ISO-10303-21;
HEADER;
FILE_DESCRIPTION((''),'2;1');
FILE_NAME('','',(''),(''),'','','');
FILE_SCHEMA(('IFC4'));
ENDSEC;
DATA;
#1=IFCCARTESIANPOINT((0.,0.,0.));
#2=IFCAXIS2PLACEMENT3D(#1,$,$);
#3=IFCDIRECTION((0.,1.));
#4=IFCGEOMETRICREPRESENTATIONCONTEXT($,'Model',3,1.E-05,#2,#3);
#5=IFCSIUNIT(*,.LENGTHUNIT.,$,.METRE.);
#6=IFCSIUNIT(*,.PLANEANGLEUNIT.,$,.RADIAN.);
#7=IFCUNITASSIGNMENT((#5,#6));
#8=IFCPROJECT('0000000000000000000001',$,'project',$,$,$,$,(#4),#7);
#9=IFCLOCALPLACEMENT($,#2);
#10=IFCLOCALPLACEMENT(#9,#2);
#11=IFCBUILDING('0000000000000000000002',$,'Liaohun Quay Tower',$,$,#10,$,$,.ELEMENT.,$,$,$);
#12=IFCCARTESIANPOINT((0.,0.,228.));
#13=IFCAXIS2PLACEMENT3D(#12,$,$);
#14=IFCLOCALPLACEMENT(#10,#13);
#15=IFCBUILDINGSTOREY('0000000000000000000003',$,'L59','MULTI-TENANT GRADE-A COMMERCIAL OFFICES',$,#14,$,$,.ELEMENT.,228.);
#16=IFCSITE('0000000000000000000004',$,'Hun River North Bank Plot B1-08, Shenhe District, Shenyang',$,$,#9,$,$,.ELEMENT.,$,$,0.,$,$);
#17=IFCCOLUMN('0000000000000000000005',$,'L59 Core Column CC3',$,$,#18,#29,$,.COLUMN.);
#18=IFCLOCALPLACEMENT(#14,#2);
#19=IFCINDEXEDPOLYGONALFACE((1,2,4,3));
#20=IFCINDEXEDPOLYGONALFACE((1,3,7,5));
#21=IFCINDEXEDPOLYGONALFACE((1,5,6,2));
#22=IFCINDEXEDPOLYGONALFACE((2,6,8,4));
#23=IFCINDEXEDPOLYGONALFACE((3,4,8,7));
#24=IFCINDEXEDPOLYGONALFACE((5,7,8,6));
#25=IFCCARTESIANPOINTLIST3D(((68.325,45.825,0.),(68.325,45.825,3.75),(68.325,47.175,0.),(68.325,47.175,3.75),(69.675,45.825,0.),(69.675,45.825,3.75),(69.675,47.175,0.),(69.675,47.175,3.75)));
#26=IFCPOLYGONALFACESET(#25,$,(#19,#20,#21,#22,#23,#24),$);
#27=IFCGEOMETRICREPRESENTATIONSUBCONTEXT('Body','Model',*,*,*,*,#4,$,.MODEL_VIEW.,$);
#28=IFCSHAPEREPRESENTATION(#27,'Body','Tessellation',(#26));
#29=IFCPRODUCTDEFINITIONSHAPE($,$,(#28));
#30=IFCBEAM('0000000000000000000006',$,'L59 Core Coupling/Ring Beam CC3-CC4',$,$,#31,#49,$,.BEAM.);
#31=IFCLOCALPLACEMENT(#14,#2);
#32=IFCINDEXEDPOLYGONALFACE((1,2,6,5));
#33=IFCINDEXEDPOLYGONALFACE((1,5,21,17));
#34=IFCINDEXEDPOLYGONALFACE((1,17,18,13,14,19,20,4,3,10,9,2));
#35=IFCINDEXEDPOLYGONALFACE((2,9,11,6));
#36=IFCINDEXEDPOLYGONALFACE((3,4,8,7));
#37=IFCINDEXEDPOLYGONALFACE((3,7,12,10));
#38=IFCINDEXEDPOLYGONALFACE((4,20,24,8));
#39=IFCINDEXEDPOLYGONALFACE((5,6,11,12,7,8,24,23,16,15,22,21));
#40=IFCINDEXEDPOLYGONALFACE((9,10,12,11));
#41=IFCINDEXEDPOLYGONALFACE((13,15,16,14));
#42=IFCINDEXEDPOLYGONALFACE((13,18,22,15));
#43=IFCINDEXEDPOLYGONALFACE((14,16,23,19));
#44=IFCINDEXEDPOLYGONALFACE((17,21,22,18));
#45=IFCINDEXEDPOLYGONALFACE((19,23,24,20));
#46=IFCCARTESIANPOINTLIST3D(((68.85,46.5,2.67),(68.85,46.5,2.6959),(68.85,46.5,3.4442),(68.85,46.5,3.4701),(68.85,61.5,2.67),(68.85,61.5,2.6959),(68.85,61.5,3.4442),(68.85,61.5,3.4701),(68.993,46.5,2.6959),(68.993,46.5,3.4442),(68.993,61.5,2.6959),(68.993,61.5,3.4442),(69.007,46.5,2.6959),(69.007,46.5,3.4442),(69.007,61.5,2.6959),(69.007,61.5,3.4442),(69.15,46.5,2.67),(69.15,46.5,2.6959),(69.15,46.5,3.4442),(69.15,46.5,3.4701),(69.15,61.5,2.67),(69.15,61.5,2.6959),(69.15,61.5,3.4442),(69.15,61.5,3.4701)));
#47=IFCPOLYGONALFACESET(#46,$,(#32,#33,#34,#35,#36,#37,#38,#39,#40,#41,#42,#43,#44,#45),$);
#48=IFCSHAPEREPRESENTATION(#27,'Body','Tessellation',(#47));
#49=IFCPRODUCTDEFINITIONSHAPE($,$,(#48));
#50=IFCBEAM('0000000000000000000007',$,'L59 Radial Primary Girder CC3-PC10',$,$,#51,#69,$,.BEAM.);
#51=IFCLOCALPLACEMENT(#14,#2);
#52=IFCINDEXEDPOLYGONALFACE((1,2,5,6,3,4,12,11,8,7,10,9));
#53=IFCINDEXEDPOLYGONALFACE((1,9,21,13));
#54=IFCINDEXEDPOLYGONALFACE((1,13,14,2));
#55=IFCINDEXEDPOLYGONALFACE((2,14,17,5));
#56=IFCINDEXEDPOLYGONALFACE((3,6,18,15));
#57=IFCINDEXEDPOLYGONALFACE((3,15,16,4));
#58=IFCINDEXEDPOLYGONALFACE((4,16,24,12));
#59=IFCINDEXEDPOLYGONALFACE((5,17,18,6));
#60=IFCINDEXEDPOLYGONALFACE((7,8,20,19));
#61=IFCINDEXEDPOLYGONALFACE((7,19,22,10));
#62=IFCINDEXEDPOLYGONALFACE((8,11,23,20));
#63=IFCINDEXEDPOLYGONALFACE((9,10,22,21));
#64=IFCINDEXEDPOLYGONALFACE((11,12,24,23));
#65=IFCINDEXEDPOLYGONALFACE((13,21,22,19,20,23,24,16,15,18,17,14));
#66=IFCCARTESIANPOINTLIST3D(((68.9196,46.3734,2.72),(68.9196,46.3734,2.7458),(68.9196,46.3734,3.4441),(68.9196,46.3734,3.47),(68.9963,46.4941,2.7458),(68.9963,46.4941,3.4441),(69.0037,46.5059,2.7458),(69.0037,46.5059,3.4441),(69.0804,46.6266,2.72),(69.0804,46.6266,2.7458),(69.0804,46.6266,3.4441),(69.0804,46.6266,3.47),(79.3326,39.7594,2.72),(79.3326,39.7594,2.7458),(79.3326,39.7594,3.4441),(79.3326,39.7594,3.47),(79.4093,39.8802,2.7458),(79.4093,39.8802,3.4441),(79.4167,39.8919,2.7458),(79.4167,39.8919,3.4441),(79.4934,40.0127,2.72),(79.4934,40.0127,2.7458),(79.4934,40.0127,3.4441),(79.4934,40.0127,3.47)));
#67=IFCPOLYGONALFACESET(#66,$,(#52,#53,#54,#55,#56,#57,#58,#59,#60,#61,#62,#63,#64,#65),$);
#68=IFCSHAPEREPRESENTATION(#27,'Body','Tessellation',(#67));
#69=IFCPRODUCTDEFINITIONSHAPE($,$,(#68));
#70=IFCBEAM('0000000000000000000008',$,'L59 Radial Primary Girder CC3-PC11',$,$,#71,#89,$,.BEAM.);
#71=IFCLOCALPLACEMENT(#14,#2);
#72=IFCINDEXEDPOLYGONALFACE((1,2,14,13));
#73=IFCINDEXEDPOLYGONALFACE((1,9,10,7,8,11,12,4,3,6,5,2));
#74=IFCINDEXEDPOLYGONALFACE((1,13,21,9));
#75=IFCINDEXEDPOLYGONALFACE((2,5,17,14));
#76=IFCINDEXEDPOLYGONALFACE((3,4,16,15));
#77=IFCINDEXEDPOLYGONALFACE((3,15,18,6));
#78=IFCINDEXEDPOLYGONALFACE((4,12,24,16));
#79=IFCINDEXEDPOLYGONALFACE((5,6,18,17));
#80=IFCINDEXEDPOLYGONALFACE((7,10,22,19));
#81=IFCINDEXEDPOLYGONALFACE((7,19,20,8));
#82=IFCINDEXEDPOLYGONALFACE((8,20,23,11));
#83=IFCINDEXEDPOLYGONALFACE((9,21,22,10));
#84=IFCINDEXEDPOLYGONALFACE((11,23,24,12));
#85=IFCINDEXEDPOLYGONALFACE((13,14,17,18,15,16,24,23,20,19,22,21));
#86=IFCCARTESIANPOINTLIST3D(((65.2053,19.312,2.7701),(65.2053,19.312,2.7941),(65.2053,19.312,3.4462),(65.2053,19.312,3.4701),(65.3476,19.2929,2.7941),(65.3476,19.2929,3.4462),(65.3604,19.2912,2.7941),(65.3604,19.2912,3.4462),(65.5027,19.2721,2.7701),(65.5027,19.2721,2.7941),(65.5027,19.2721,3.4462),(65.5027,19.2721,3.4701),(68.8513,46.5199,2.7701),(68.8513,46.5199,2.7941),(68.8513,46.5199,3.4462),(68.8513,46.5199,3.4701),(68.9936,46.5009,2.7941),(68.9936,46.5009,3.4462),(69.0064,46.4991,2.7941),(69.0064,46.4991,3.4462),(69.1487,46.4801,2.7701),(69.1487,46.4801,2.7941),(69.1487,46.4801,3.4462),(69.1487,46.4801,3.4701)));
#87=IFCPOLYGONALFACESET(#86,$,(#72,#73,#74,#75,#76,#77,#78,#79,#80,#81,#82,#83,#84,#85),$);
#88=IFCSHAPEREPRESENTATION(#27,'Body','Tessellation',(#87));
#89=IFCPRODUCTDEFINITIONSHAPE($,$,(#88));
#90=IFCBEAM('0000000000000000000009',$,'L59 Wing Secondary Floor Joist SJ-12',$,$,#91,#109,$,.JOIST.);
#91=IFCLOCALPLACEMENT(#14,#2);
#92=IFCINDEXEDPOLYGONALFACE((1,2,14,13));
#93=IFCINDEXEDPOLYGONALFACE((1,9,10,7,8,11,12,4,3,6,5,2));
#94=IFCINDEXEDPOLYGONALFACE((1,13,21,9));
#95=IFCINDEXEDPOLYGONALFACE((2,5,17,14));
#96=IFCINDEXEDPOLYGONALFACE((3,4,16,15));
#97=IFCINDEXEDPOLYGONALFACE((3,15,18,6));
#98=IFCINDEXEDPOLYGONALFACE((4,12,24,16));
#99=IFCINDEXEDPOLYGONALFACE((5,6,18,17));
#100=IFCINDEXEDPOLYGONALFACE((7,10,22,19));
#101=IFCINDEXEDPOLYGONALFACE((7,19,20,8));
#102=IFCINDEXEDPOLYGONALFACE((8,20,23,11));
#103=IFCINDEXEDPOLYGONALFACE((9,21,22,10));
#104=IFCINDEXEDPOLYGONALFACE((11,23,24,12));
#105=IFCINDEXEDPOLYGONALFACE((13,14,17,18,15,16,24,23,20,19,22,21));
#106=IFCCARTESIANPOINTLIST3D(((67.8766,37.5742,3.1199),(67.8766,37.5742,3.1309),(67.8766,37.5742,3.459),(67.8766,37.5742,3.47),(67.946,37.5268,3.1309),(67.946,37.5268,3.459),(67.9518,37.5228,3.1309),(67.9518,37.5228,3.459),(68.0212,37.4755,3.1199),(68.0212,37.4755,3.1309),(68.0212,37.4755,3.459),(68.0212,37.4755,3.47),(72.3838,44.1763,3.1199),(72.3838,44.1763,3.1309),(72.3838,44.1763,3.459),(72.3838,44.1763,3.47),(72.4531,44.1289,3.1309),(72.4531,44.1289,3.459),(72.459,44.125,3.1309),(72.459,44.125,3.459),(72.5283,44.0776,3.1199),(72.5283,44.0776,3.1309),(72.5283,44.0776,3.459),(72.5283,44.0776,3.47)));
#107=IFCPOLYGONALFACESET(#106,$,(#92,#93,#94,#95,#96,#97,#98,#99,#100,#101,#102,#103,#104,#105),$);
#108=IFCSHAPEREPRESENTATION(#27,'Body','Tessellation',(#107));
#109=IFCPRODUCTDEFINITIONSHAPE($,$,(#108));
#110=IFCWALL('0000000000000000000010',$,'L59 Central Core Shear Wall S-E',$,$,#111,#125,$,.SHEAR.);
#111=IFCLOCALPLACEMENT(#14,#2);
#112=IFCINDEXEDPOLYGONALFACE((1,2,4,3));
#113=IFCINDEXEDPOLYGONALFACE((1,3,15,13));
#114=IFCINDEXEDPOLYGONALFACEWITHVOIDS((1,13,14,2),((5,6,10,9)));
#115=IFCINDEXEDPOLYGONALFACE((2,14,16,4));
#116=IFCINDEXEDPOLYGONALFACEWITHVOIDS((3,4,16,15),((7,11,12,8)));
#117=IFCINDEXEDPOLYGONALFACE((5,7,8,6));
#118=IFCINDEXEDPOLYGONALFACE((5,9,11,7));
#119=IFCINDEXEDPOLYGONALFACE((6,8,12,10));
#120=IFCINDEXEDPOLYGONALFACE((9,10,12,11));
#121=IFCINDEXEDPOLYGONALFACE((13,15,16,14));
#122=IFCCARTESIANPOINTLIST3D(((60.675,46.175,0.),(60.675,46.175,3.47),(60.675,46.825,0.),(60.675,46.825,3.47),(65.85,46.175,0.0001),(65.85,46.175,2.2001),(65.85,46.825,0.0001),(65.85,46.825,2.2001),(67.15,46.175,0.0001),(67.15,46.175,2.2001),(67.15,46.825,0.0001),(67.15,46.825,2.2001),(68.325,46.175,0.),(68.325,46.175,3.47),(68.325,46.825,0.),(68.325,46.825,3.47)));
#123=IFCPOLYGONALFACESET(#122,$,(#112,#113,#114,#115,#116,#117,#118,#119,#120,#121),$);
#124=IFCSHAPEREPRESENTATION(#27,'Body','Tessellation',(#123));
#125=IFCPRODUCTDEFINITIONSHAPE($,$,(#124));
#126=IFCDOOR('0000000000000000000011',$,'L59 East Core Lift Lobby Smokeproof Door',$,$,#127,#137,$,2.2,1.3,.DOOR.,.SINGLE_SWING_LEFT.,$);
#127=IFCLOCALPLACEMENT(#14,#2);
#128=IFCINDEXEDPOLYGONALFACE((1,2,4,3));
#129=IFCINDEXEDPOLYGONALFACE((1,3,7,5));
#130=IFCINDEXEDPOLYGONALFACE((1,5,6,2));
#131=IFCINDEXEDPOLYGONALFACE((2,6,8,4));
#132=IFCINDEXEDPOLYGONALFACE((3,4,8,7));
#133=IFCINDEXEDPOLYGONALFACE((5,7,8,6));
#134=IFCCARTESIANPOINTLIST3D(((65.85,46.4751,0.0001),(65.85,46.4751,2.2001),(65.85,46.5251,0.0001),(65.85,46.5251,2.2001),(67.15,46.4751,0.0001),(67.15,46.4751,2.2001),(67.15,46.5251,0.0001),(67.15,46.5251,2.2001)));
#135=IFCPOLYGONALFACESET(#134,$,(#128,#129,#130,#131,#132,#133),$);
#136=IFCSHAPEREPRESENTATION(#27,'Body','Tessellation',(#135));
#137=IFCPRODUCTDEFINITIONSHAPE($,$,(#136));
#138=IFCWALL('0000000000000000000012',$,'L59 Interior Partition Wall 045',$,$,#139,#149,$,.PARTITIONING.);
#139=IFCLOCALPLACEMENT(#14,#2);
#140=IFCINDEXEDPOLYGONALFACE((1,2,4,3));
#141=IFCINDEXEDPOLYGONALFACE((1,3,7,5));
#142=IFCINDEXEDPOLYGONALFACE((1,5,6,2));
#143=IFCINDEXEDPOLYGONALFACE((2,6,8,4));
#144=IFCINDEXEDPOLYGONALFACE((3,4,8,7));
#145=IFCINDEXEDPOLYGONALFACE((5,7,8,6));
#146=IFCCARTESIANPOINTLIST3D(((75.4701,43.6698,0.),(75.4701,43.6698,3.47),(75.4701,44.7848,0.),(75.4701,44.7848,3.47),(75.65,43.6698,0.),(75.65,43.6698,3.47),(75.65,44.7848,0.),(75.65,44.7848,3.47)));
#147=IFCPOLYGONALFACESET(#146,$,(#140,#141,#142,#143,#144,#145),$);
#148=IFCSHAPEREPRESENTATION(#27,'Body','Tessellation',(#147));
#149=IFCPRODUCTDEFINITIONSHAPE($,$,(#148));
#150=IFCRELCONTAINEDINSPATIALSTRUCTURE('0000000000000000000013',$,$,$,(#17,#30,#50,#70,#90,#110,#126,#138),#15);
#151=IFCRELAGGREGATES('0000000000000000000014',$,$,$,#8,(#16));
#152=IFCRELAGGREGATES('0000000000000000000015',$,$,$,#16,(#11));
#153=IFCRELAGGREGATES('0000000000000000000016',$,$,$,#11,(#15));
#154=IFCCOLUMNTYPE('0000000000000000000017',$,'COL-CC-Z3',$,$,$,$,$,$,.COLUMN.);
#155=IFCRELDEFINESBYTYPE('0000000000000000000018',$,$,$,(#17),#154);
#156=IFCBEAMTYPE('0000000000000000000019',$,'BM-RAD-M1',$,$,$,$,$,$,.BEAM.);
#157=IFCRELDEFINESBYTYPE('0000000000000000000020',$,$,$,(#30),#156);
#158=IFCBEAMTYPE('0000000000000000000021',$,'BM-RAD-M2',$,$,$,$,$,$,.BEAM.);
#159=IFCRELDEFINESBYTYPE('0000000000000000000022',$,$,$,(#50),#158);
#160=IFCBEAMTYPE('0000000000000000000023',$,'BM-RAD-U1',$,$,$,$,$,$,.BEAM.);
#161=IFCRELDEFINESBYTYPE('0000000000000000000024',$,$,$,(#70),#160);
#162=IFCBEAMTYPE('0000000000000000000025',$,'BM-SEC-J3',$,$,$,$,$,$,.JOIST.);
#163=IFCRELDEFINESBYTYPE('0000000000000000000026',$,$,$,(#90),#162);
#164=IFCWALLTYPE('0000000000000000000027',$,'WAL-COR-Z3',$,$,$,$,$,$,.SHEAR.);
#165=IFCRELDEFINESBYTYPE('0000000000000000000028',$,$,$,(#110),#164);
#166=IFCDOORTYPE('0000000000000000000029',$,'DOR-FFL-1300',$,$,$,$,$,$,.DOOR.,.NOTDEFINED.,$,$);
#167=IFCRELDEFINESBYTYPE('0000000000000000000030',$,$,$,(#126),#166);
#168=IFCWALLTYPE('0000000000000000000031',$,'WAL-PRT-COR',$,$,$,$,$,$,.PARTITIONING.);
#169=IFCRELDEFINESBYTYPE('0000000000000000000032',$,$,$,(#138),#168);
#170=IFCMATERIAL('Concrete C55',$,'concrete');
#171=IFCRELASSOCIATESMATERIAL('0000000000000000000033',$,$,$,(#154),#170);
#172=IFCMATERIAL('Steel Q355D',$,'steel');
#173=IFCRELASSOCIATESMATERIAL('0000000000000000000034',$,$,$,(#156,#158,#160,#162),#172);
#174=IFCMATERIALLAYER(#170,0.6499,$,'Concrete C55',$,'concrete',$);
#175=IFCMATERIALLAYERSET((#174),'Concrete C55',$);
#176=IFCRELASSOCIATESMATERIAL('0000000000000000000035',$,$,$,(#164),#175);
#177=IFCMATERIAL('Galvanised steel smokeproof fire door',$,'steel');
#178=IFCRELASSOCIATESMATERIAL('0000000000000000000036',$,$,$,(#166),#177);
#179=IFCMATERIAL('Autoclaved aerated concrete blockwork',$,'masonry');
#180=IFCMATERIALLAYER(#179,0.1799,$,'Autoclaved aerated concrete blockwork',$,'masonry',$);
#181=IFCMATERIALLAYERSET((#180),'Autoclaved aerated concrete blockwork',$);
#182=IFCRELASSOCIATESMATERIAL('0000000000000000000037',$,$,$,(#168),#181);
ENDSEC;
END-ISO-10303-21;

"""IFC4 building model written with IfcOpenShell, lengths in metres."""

from ifc_helpers import new_model, si_unit, direction, frame, frame_2d, origin, origin_2d, place, context, subcontext, project, spatial, rectangle, i_section, extrude, source, transform, mapped, material, layer, layer_set, material_profile, profile_set, type_object, element, fill, save


model = new_model("IFC4")

# Units and contexts
model_context = context("Model", 3, precision=1e-05, world=origin(), true_north=direction((0.0, 1.0)))
body_context = subcontext(model_context, "Body", "Model", "MODEL_VIEW")
ifc_project = project(units=[si_unit("LENGTHUNIT", "METRE"), si_unit("PLANEANGLEUNIT", "RADIAN")], contexts=[model_context])

# Site, building, storey
site_placement = place(None, origin())
site = spatial("IfcSite", under=ifc_project, at=site_placement, Name="Hun River North Bank Plot B1-08, Shenhe District, Shenyang", CompositionType="ELEMENT", RefElevation=0.0)
building_placement = place(site_placement, origin())
building = spatial("IfcBuilding", under=site, at=building_placement, Name="Liaohun Quay Tower", CompositionType="ELEMENT")
storey_placement = place(building_placement, frame((0.0, 0.0, 228.0)))
storey = spatial("IfcBuildingStorey", under=building, at=storey_placement, Name="L59", Description="MULTI-TENANT GRADE-A COMMERCIAL OFFICES", CompositionType="ELEMENT", Elevation=228.0)

# Column
ifc_material_1 = material(Name="Concrete C55", Category="concrete")
ifc_material_profile_1 = material_profile(ifc_material_1, rectangle(XDim=1.3501, YDim=1.3501, at=origin_2d()), Name="RC1350x1350")
ifc_profile_set_1 = profile_set([ifc_material_profile_1], Name="Concrete C55")
column_type = type_object("IfcColumnType", Name="COL-CC-Z3", PredefinedType="COLUMN", material=ifc_profile_set_1)
shared_shape_1 = source(origin(), body_context, "Body", "SweptSolid", [
    extrude(rectangle(XDim=1.3501, YDim=1.3501, at=origin_2d()), origin(), (0.0, 0.0, 1.0), 3.75),
])
column_placement = place(storey_placement, frame((69.0, 46.5, 0.0), z_axis=(0.0, 0.0, 1.0), x_axis=(1.0, 0.0, 0.0)))
element("IfcColumn", 1, at=column_placement, inside=storey, type_object=column_type, Name="L59 Core Column CC3", PredefinedType="COLUMN", context=body_context, shape_type="MappedRepresentation", body=[
    mapped(shared_shape_1, transform((0.0, 0.0, 0.0), x_axis=(1.0, 0.0, 0.0), y_axis=(0.0, 1.0, 0.0), z_axis=(0.0, 0.0, 1.0), scale=1.0)),
])

# Beams
ifc_material_2 = material(Name="Steel Q355D", Category="steel")
ifc_material_profile_2 = material_profile(ifc_material_2, i_section(OverallWidth=0.3, OverallDepth=0.8, WebThickness=0.0139, FlangeThickness=0.0259, at=origin_2d()), Name="HN800x300x14x26")
ifc_profile_set_2 = profile_set([ifc_material_profile_2], Name="Steel Q355D")
beam_type_1 = type_object("IfcBeamType", Name="BM-RAD-M1", PredefinedType="BEAM", material=ifc_profile_set_2)
shared_shape_2 = source(origin(), body_context, "Body", "SweptSolid", [
    extrude(i_section(OverallWidth=0.3, OverallDepth=0.8, WebThickness=0.0139, FlangeThickness=0.0259, at=origin_2d()), origin(), (0.0, 0.0, 1.0), 15.0),
])
beam_1_placement = place(storey_placement, frame((69.0, 46.5, 3.0701), z_axis=(0.0, 1.0, 0.0), x_axis=(-1.0, 0.0, 0.0)))
element("IfcBeam", 2, at=beam_1_placement, inside=storey, type_object=beam_type_1, Name="L59 Core Coupling/Ring Beam CC3-CC4", PredefinedType="BEAM", context=body_context, shape_type="MappedRepresentation", body=[
    mapped(shared_shape_2, transform((0.0, 0.0, 0.0), x_axis=(1.0, 0.0, 0.0), y_axis=(0.0, 1.0, 0.0), z_axis=(0.0, 0.0, 1.0), scale=1.0)),
])
ifc_material_profile_3 = material_profile(ifc_material_2, i_section(OverallWidth=0.3, OverallDepth=0.75, WebThickness=0.0139, FlangeThickness=0.0259, at=origin_2d()), Name="HN750x300x14x26")
ifc_profile_set_3 = profile_set([ifc_material_profile_3], Name="Steel Q355D")
beam_type_2 = type_object("IfcBeamType", Name="BM-RAD-M2", PredefinedType="BEAM", material=ifc_profile_set_3)
shared_shape_3 = source(origin(), body_context, "Body", "SweptSolid", [
    extrude(i_section(OverallWidth=0.3, OverallDepth=0.75, WebThickness=0.0139, FlangeThickness=0.0259, at=origin_2d()), origin(), (0.0, 0.0, 1.0), 12.3359),
])
beam_2_placement = place(storey_placement, frame((69.0, 46.5, 3.095), z_axis=(0.84412, -0.536154, 0.0), x_axis=(0.536154, 0.84412, 0.0)))
element("IfcBeam", 3, at=beam_2_placement, inside=storey, type_object=beam_type_2, Name="L59 Radial Primary Girder CC3-PC10", PredefinedType="BEAM", context=body_context, shape_type="MappedRepresentation", body=[
    mapped(shared_shape_3, transform((0.0, 0.0, 0.0), x_axis=(1.0, 0.0, 0.0), y_axis=(0.0, 1.0, 0.0), z_axis=(0.0, 0.0, 1.0), scale=1.0)),
])
ifc_material_profile_4 = material_profile(ifc_material_2, i_section(OverallWidth=0.3, OverallDepth=0.7, WebThickness=0.0129, FlangeThickness=0.0239, at=origin_2d()), Name="HN700x300x13x24")
ifc_profile_set_4 = profile_set([ifc_material_profile_4], Name="Steel Q355D")
beam_type_3 = type_object("IfcBeamType", Name="BM-RAD-U1", PredefinedType="BEAM", material=ifc_profile_set_4)
shared_shape_4 = source(origin(), body_context, "Body", "SweptSolid", [
    extrude(i_section(OverallWidth=0.3, OverallDepth=0.7, WebThickness=0.0129, FlangeThickness=0.0239, at=origin_2d()), origin(), (0.0, 0.0, 1.0), 27.4512),
])
beam_3_placement = place(storey_placement, frame((69.0, 46.5, 3.1201), z_axis=(-0.132817, -0.991141, 0.0), x_axis=(0.991141, -0.132817, 0.0)))
element("IfcBeam", 4, at=beam_3_placement, inside=storey, type_object=beam_type_3, Name="L59 Radial Primary Girder CC3-PC11", PredefinedType="BEAM", context=body_context, shape_type="MappedRepresentation", body=[
    mapped(shared_shape_4, transform((0.0, 0.0, 0.0), x_axis=(1.0, 0.0, 0.0), y_axis=(0.0, 1.0, 0.0), z_axis=(0.0, 0.0, 1.0), scale=1.0)),
])
ifc_material_profile_5 = material_profile(ifc_material_2, i_section(OverallWidth=0.175, OverallDepth=0.3501, WebThickness=0.0071, FlangeThickness=0.011, at=origin_2d()), Name="HN350x175x7x11")
ifc_profile_set_5 = profile_set([ifc_material_profile_5], Name="Steel Q355D")
beam_type_4 = type_object("IfcBeamType", Name="BM-SEC-J3", PredefinedType="JOIST", material=ifc_profile_set_5)
shared_shape_5 = source(origin(), body_context, "Body", "SweptSolid", [
    extrude(i_section(OverallWidth=0.175, OverallDepth=0.3501, WebThickness=0.0071, FlangeThickness=0.011, at=origin_2d()), origin(), (0.0, 0.0, 1.0), 7.9939),
])
beam_4_placement = place(storey_placement, frame((72.4561, 44.127, 3.2949), z_axis=(-0.563822, -0.825896, 0.0), x_axis=(0.825896, -0.563822, 0.0)))
element("IfcBeam", 5, at=beam_4_placement, inside=storey, type_object=beam_type_4, Name="L59 Wing Secondary Floor Joist SJ-12", PredefinedType="JOIST", context=body_context, shape_type="MappedRepresentation", body=[
    mapped(shared_shape_5, transform((0.0, 0.0, 0.0), x_axis=(1.0, 0.0, 0.0), y_axis=(0.0, 1.0, 0.0), z_axis=(0.0, 0.0, 1.0), scale=1.0)),
])

# Wall, opening, door
ifc_layer_1 = layer(ifc_material_1, 0.6499, Name="Concrete C55", Category="concrete")
ifc_layer_set_1 = layer_set([ifc_layer_1], Name="Concrete C55")
wall_type_1 = type_object("IfcWallType", Name="WAL-COR-Z3", PredefinedType="SHEAR", material=ifc_layer_set_1)
wall_1_placement = place(storey_placement, frame((68.325, 46.5, 0.0), z_axis=(0.0, 0.0, 1.0), x_axis=(-1.0, 0.0, 0.0)))
wall_1 = element("IfcWall", 6, at=wall_1_placement, inside=storey, type_object=wall_type_1, Name="L59 Central Core Shear Wall S-E", PredefinedType="SHEAR", context=body_context, shape_type="SweptSolid", body=[
    extrude(rectangle(XDim=7.6499, YDim=0.6499, at=frame_2d((3.825, 0.0))), origin(), (0.0, 0.0, 1.0), 3.47),
])
shared_shape_6 = source(origin(), body_context, "Body", "SweptSolid", [
    extrude(rectangle(XDim=1.3, YDim=2.2, at=frame_2d((0.6499, 1.1001))), frame((0.0, 0.335, 0.0), z_axis=(0.0, -1.0, 0.0), x_axis=(1.0, 0.0, 0.0)), (0.0, 0.0, 1.0), 0.6699),
])
opening_1_placement = place(wall_1_placement, frame((1.175, 0.0, 0.0)))
opening_1 = element("IfcOpeningElement", 7, at=opening_1_placement, cuts=wall_1, PredefinedType="OPENING", context=body_context, shape_type="MappedRepresentation", body=[
    mapped(shared_shape_6, transform((0.0, 0.0, 0.0), x_axis=(1.0, 0.0, 0.0), y_axis=(0.0, 1.0, 0.0), z_axis=(0.0, 0.0, 1.0), scale=1.0)),
])
ifc_material_3 = material(Name="Galvanised steel smokeproof fire door", Category="steel")
door_type_1 = type_object("IfcDoorType", Name="DOR-FFL-1300", OperationType="NOTDEFINED", PredefinedType="DOOR", material=ifc_material_3)
shared_shape_7 = source(origin(), body_context, "Body", "SweptSolid", [
    extrude(rectangle(XDim=1.3, YDim=2.2, at=frame_2d((0.6499, 1.1001))), frame((0.0, 0.0249, 0.0), z_axis=(0.0, -1.0, 0.0), x_axis=(1.0, 0.0, 0.0)), (0.0, 0.0, 1.0), 0.05),
])
door_1_placement = place(opening_1_placement, origin())
door_1 = element("IfcDoor", 8, at=door_1_placement, inside=storey, type_object=door_type_1, Name="L59 East Core Lift Lobby Smokeproof Door", OperationType="SINGLE_SWING_LEFT", OverallHeight=2.2, OverallWidth=1.3, PredefinedType="DOOR", context=body_context, shape_type="MappedRepresentation", body=[
    mapped(shared_shape_7, transform((0.0, 0.0, 0.0), x_axis=(1.0, 0.0, 0.0), y_axis=(0.0, 1.0, 0.0), z_axis=(0.0, 0.0, 1.0), scale=1.0)),
])
fill(opening_1, door_1)

# Wall
ifc_material_4 = material(Name="Autoclaved aerated concrete blockwork", Category="masonry")
ifc_layer_2 = layer(ifc_material_4, 0.1799, Name="Autoclaved aerated concrete blockwork", Category="masonry")
ifc_layer_set_2 = layer_set([ifc_layer_2], Name="Autoclaved aerated concrete blockwork")
wall_type_2 = type_object("IfcWallType", Name="WAL-PRT-COR", PredefinedType="PARTITIONING", material=ifc_layer_set_2)
wall_2_placement = place(storey_placement, frame((75.5601, 44.7849, 0.0), z_axis=(0.0, 0.0, 1.0), x_axis=(0.0, -1.0, 0.0)))
element("IfcWall", 9, at=wall_2_placement, inside=storey, type_object=wall_type_2, Name="L59 Interior Partition Wall 045", PredefinedType="PARTITIONING", context=body_context, shape_type="SweptSolid", body=[
    extrude(rectangle(XDim=1.115, YDim=0.1799, at=frame_2d((0.5576, 0.0))), origin(), (0.0, 0.0, 1.0), 3.47),
])

save(model, "model.ifc")
